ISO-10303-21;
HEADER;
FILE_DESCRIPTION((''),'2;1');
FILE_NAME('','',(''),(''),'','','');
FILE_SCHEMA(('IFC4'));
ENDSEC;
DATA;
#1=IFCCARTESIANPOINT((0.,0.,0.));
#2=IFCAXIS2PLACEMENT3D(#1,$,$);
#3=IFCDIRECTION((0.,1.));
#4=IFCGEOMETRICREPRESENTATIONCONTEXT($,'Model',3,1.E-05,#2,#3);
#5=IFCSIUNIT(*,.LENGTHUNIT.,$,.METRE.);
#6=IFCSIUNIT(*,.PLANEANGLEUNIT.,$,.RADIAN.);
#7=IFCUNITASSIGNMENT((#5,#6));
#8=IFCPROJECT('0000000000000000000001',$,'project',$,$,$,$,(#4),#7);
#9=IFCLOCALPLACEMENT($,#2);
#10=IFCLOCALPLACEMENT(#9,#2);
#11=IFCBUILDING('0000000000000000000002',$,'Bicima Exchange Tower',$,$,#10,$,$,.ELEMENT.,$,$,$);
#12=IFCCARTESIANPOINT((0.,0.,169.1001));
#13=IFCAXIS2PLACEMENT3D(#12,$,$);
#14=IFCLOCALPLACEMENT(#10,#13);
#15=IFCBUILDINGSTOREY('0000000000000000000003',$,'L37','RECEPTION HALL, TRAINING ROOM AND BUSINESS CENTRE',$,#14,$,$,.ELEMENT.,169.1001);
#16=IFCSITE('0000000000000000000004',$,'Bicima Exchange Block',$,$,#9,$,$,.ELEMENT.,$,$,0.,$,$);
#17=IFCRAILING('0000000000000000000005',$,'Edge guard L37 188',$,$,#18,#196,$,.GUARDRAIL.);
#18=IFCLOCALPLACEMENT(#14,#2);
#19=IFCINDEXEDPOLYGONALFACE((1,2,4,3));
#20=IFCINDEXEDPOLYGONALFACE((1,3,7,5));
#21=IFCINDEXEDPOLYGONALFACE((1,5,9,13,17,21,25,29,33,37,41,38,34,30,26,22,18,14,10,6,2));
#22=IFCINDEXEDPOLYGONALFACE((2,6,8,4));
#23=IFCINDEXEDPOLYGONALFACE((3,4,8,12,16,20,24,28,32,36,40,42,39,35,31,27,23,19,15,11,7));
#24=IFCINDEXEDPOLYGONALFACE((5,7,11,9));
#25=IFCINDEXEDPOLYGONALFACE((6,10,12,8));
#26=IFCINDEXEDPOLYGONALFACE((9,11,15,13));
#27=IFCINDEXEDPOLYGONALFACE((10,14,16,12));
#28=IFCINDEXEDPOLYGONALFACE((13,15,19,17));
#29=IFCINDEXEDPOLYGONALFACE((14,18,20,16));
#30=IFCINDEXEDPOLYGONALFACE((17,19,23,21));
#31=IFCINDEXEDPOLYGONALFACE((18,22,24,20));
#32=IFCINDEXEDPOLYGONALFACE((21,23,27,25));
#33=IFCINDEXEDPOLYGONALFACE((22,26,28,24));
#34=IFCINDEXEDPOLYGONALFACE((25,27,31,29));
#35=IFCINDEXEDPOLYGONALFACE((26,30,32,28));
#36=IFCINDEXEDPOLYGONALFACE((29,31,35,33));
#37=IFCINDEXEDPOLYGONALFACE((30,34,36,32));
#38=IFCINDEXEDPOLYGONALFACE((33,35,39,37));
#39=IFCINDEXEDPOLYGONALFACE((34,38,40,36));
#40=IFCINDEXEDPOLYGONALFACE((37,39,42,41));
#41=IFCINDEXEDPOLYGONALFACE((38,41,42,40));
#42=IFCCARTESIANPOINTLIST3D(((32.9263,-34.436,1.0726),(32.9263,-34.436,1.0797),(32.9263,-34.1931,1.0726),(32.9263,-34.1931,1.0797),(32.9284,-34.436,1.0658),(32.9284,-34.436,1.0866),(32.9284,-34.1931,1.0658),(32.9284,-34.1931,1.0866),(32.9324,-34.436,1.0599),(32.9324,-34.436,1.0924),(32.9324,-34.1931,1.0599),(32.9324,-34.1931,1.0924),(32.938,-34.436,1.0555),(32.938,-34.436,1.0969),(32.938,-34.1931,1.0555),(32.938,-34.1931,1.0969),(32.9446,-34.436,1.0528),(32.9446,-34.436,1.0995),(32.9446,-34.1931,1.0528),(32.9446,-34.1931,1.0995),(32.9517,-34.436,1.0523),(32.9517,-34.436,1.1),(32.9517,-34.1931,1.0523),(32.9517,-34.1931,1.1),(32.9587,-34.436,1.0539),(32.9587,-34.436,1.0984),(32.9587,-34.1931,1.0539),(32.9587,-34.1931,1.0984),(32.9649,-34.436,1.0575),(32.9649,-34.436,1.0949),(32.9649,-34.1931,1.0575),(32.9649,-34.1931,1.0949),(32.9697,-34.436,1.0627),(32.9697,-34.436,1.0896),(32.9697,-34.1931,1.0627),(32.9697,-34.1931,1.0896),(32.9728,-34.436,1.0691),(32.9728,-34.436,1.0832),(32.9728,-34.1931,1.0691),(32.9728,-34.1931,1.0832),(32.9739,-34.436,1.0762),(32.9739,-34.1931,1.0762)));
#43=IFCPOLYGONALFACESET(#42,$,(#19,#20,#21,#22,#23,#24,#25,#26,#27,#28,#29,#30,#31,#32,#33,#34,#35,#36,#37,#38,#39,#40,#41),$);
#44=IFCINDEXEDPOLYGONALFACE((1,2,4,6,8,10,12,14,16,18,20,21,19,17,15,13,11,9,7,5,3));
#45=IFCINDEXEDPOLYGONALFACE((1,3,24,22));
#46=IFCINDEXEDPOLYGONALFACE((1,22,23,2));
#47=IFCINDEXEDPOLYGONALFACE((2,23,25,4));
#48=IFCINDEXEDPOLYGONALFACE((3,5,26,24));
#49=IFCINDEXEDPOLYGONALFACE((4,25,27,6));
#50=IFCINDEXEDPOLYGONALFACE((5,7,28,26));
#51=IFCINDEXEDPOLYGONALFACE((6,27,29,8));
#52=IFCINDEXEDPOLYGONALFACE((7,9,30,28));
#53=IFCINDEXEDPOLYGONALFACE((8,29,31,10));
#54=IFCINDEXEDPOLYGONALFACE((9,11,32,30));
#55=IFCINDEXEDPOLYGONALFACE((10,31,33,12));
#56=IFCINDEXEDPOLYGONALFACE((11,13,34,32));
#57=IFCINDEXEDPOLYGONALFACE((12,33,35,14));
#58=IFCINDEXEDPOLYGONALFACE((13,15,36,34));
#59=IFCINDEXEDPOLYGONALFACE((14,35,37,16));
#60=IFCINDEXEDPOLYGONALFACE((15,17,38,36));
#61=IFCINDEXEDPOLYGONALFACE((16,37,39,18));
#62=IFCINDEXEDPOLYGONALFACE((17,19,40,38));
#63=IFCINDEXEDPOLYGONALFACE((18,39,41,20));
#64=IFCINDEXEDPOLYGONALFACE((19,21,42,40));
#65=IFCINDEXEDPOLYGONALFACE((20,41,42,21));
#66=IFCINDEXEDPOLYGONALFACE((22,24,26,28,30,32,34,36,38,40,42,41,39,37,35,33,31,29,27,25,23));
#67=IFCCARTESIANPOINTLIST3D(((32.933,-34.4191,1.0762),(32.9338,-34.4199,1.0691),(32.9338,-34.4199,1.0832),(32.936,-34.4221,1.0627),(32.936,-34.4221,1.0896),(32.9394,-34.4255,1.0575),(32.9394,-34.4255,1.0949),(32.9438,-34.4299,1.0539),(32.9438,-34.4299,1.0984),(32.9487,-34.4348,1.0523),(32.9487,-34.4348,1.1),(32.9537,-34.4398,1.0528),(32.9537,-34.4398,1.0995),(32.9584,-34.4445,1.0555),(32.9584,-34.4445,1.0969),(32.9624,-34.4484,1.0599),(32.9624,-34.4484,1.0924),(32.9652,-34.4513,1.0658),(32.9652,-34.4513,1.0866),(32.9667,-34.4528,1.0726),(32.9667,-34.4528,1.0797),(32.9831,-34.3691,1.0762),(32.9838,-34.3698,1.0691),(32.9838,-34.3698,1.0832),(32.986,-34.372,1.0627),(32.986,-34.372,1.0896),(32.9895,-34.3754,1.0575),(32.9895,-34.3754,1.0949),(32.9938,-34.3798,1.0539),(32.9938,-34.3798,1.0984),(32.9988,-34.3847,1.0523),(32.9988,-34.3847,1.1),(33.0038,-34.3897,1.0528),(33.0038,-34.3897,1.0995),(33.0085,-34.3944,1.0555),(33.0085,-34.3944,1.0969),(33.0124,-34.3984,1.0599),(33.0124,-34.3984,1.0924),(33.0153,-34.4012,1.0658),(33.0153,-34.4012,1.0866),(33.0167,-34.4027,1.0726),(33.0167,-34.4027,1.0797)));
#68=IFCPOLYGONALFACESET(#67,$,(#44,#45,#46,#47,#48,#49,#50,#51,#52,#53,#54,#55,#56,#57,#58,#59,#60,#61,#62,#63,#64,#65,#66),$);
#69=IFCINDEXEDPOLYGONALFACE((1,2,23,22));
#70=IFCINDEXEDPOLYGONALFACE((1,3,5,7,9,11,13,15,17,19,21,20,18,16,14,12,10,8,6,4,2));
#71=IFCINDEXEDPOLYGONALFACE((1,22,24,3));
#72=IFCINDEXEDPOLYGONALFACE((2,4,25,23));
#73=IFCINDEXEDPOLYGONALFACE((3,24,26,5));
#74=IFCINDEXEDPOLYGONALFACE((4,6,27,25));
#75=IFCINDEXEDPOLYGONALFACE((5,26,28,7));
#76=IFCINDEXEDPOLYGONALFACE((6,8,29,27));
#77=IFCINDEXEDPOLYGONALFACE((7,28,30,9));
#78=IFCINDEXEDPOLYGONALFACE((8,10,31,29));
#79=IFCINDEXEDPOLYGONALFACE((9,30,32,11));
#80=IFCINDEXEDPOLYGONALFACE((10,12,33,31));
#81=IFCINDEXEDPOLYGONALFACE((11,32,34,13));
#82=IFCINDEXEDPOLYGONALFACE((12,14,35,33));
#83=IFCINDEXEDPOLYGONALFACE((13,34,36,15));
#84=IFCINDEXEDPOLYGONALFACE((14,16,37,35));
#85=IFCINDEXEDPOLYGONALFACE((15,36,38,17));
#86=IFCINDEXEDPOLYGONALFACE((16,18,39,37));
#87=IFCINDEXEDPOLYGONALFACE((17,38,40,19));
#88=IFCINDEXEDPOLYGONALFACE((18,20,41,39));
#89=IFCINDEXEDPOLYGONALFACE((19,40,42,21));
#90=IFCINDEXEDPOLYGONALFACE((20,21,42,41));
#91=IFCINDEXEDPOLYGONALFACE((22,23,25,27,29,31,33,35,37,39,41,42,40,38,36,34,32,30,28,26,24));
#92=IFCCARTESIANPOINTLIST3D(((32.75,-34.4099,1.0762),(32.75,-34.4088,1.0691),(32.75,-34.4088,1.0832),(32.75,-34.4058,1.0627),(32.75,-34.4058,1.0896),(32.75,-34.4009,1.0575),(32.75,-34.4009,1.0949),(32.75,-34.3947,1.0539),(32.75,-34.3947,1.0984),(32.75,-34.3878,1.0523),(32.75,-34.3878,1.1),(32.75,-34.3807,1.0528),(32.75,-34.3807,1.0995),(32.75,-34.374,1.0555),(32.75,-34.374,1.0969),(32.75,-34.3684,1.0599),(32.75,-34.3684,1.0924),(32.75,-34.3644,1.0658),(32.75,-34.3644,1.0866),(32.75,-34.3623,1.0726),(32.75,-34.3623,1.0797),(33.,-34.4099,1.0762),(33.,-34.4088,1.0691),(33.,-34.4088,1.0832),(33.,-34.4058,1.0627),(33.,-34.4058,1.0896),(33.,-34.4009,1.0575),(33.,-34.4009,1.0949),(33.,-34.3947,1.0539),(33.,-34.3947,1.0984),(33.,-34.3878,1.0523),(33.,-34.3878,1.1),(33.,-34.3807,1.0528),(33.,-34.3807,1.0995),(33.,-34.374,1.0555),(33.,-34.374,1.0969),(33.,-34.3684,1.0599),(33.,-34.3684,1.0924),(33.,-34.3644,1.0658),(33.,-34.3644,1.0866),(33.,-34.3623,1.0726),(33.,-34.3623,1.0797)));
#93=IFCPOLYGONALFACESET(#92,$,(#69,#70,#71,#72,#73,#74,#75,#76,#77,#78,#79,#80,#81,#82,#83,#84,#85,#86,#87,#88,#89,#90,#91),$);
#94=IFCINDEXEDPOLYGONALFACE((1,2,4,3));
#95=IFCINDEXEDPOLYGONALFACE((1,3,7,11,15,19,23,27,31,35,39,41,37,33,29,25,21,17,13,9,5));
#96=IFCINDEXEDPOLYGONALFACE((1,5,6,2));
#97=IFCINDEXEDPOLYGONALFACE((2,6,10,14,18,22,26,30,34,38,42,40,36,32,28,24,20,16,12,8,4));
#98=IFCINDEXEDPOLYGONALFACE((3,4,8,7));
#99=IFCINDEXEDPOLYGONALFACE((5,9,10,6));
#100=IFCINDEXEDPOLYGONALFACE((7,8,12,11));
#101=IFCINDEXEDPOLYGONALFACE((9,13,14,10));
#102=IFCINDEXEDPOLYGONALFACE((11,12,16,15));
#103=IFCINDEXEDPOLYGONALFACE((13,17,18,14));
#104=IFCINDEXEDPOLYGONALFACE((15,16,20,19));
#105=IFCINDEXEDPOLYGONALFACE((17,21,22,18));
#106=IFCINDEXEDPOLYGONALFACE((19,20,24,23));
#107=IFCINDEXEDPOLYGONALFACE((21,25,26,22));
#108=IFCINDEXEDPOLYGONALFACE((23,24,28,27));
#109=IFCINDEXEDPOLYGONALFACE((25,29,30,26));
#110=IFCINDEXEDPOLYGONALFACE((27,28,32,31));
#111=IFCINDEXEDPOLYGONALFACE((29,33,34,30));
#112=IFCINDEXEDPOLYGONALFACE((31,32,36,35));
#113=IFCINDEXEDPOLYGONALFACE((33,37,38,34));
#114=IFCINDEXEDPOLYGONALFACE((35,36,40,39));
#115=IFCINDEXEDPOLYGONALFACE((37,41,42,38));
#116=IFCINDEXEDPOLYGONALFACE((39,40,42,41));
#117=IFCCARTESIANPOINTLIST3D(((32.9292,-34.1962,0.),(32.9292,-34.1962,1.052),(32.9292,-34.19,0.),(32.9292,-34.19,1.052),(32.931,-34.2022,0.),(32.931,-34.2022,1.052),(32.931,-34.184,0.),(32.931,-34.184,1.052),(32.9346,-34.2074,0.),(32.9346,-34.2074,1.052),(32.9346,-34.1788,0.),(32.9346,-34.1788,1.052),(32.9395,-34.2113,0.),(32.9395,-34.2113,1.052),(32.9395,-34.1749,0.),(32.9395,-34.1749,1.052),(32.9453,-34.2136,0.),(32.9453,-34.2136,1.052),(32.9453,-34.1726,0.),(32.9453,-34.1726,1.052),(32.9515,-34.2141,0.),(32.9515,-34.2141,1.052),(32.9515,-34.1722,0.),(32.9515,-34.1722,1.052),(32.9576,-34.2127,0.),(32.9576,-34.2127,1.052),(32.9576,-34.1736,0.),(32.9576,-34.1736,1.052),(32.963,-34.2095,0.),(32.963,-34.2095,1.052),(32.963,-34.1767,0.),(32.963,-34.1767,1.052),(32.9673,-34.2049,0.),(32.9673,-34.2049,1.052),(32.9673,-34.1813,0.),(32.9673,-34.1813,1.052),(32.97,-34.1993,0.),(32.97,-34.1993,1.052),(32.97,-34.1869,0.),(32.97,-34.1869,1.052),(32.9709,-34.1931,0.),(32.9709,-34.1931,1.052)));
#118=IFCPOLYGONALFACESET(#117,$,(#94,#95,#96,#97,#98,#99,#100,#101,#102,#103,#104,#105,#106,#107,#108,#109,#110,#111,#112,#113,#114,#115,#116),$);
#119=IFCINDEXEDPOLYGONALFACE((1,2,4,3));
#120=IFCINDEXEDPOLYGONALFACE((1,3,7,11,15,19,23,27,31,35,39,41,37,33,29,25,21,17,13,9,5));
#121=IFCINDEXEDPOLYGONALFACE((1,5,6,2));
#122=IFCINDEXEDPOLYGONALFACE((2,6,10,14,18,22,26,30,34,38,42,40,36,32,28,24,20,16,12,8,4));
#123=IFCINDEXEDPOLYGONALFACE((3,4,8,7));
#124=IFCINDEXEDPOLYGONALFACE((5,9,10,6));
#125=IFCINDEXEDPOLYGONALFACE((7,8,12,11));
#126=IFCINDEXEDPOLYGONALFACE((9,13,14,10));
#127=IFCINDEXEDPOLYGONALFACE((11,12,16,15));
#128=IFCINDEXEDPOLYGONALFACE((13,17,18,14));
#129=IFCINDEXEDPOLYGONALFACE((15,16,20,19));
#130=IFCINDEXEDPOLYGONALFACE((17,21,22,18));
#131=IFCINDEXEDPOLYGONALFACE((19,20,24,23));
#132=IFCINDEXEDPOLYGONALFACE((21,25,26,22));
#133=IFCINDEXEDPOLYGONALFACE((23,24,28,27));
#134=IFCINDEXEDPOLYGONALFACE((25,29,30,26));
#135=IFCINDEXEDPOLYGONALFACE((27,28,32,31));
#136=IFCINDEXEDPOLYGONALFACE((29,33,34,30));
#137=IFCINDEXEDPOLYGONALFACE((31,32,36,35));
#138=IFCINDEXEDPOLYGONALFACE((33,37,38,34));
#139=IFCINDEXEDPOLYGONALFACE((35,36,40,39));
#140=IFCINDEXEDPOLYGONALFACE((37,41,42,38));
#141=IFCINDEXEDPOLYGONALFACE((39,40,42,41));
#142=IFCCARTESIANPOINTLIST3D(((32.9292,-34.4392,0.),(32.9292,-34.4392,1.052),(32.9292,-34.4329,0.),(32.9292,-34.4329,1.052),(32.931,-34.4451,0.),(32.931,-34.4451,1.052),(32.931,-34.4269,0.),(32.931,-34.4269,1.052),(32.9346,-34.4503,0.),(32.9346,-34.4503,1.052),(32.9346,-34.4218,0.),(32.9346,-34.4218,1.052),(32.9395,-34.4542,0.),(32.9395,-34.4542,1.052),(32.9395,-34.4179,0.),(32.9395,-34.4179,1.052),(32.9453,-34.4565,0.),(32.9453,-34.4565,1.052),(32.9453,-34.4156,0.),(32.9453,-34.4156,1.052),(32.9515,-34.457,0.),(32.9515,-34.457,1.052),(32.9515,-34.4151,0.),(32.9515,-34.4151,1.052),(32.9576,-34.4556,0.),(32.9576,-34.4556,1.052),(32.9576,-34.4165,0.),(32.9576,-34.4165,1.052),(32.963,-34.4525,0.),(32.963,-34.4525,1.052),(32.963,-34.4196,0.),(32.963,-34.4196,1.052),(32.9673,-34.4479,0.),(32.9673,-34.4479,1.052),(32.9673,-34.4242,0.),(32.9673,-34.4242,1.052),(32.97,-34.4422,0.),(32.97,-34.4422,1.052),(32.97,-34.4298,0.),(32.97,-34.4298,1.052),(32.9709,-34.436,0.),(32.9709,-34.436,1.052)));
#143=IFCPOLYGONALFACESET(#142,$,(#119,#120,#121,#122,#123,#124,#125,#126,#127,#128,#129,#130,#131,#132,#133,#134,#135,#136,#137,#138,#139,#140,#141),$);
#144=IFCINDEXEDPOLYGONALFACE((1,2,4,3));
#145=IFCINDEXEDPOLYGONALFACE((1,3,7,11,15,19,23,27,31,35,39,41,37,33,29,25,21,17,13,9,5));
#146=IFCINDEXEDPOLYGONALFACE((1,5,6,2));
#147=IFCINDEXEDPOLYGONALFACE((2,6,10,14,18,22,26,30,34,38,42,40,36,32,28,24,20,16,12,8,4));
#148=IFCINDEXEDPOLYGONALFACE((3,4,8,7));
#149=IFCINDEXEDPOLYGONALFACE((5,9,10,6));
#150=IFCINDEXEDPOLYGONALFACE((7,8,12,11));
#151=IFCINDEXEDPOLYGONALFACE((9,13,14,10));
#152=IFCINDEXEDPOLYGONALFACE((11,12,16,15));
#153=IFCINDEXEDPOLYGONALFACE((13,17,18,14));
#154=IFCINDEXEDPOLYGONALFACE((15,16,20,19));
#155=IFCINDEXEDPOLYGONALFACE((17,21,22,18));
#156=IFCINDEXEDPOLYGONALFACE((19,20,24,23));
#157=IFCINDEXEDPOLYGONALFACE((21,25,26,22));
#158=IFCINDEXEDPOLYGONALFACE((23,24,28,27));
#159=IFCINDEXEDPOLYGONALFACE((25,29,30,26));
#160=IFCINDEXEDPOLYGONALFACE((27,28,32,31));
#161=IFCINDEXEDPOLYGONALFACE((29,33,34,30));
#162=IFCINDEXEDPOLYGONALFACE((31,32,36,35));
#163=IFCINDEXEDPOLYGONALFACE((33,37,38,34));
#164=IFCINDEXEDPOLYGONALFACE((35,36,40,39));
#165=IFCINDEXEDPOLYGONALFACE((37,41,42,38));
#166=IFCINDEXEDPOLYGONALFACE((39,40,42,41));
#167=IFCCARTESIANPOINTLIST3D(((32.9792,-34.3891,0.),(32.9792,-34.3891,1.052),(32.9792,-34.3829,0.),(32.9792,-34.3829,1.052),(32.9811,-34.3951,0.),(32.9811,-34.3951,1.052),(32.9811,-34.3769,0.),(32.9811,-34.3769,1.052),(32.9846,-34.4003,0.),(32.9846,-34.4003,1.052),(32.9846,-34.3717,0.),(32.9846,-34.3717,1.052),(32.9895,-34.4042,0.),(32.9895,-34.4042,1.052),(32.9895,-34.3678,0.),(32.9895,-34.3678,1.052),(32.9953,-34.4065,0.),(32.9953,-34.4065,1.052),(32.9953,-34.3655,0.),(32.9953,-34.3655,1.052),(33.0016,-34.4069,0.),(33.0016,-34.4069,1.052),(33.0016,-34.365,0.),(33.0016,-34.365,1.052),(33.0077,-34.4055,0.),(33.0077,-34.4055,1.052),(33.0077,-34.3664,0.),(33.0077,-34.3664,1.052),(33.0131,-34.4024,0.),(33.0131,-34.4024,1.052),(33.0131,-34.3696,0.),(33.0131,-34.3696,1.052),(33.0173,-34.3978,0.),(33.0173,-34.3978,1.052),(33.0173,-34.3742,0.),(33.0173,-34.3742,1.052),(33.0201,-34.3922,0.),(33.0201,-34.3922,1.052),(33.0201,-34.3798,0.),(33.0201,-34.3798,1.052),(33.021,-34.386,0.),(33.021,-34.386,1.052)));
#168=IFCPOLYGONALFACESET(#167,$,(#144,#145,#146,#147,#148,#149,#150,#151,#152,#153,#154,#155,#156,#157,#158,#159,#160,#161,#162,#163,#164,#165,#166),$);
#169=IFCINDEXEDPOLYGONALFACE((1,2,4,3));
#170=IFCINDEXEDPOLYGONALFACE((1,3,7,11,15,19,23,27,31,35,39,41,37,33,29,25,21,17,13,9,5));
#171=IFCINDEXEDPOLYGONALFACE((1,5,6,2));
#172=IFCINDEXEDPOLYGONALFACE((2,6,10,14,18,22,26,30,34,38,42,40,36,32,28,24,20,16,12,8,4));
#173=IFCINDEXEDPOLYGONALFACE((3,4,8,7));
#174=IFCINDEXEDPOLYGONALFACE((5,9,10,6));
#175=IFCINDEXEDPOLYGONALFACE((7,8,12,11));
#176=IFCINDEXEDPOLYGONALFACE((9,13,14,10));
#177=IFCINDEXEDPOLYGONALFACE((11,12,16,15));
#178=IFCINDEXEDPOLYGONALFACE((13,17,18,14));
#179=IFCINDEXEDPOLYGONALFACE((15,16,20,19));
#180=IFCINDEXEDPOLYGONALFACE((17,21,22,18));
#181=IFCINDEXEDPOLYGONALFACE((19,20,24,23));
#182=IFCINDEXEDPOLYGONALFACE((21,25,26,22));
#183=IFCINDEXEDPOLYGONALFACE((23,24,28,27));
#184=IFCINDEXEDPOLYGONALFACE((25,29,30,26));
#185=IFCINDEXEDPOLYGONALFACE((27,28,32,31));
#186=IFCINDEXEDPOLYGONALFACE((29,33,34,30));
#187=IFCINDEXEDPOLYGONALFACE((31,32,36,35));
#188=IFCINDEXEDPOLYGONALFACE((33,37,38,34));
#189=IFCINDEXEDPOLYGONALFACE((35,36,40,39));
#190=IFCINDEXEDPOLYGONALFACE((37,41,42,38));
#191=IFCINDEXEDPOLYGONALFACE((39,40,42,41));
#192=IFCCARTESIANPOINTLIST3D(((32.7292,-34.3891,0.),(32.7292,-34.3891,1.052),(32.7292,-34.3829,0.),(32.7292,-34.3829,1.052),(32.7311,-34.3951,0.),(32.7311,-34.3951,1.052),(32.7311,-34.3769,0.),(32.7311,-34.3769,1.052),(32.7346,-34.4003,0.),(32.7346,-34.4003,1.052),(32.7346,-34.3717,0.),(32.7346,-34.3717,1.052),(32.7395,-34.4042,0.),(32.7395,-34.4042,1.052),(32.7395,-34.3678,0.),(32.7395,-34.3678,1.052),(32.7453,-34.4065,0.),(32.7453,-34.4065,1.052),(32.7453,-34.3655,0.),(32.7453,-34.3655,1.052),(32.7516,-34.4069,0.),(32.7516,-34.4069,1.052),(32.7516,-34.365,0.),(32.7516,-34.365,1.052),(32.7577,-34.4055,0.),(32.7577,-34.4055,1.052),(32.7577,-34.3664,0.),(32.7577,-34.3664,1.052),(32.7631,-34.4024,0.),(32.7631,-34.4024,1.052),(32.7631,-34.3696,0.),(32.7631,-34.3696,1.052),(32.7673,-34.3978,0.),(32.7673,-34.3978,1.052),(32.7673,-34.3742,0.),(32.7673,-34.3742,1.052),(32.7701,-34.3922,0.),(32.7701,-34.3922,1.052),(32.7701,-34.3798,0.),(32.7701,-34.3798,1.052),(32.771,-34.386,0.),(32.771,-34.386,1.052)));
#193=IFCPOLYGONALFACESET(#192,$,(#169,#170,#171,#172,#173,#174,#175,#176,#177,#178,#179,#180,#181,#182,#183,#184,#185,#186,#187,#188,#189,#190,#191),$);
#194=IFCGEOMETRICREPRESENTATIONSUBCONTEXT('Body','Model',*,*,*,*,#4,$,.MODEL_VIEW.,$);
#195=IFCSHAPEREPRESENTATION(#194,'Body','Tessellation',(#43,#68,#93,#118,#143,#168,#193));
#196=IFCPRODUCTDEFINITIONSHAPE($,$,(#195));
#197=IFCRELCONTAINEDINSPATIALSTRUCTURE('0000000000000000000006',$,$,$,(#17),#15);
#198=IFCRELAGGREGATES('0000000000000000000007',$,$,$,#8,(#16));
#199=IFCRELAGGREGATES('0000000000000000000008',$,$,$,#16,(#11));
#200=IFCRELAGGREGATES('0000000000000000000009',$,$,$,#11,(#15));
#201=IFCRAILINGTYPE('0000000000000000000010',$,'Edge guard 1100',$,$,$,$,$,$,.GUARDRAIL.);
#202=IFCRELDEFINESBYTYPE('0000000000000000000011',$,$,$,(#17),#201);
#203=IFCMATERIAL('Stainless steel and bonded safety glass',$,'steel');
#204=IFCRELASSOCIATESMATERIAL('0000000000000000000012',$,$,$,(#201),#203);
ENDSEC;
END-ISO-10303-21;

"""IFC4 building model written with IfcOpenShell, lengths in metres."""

from ifc_helpers import new_model, si_unit, direction, frame, origin, origin_2d, place, context, subcontext, project, spatial, circle, extrude, material, type_object, element, save


model = new_model("IFC4")

# Units and contexts
model_context = context("Model", 3, precision=1e-05, world=origin(), true_north=direction((0.0, 1.0)))
body_context = subcontext(model_context, "Body", "Model", "MODEL_VIEW")
ifc_project = project(units=[si_unit("LENGTHUNIT", "METRE"), si_unit("PLANEANGLEUNIT", "RADIAN")], contexts=[model_context])

# Site, building, storey
site_placement = place(None, origin())
site = spatial("IfcSite", under=ifc_project, at=site_placement, Name="Bicima Exchange Block", CompositionType="ELEMENT", RefElevation=0.0)
building_placement = place(site_placement, origin())
building = spatial("IfcBuilding", under=site, at=building_placement, Name="Bicima Exchange Tower", CompositionType="ELEMENT")
storey_placement = place(building_placement, frame((0.0, 0.0, 169.1001)))
storey = spatial("IfcBuildingStorey", under=building, at=storey_placement, Name="L37", Description="RECEPTION HALL, TRAINING ROOM AND BUSINESS CENTRE", CompositionType="ELEMENT", Elevation=169.1001)

# Railing
ifc_material_1 = material(Name="Stainless steel and bonded safety glass", Category="steel")
railing_type = type_object("IfcRailingType", Name="Edge guard 1100", PredefinedType="GUARDRAIL", material=ifc_material_1)
railing_1_placement = place(storey_placement, frame((32.95, -34.1931, 0.0)))
element("IfcRailing", 1, at=railing_1_placement, inside=storey, type_object=railing_type, Name="Edge guard L37 188", PredefinedType="GUARDRAIL", context=body_context, shape_type="SweptSolid", body=[
    extrude(circle(Radius=0.0239, at=origin_2d()), frame((0.0, 0.0, 1.0762), z_axis=(0.0, -1.0, 0.0), x_axis=(1.0, 0.0, 0.0)), (0.0, 0.0, 1.0), 0.2429),
    extrude(circle(Radius=0.0239, at=origin_2d()), frame((0.0, -0.2429, 1.0762), z_axis=(0.707107, 0.707107, 0.0), x_axis=(-0.707107, 0.707107, 0.0)), (0.0, 0.0, 1.0), 0.0708),
    extrude(circle(Radius=0.0239, at=origin_2d()), frame((0.05, -0.1929, 1.0762), z_axis=(-1.0, 0.0, 0.0), x_axis=(0.0, -1.0, 0.0)), (0.0, 0.0, 1.0), 0.25),
    extrude(circle(Radius=0.021, at=origin_2d()), origin(), (0.0, 0.0, 1.0), 1.052),
    extrude(circle(Radius=0.021, at=origin_2d()), frame((0.0, -0.2429, 0.0)), (0.0, 0.0, 1.0), 1.052),
    extrude(circle(Radius=0.021, at=origin_2d()), frame((0.05, -0.1929, 0.0)), (0.0, 0.0, 1.0), 1.052),
    extrude(circle(Radius=0.021, at=origin_2d()), frame((-0.2, -0.1929, 0.0)), (0.0, 0.0, 1.0), 1.052),
])

save(model, "model.ifc")
